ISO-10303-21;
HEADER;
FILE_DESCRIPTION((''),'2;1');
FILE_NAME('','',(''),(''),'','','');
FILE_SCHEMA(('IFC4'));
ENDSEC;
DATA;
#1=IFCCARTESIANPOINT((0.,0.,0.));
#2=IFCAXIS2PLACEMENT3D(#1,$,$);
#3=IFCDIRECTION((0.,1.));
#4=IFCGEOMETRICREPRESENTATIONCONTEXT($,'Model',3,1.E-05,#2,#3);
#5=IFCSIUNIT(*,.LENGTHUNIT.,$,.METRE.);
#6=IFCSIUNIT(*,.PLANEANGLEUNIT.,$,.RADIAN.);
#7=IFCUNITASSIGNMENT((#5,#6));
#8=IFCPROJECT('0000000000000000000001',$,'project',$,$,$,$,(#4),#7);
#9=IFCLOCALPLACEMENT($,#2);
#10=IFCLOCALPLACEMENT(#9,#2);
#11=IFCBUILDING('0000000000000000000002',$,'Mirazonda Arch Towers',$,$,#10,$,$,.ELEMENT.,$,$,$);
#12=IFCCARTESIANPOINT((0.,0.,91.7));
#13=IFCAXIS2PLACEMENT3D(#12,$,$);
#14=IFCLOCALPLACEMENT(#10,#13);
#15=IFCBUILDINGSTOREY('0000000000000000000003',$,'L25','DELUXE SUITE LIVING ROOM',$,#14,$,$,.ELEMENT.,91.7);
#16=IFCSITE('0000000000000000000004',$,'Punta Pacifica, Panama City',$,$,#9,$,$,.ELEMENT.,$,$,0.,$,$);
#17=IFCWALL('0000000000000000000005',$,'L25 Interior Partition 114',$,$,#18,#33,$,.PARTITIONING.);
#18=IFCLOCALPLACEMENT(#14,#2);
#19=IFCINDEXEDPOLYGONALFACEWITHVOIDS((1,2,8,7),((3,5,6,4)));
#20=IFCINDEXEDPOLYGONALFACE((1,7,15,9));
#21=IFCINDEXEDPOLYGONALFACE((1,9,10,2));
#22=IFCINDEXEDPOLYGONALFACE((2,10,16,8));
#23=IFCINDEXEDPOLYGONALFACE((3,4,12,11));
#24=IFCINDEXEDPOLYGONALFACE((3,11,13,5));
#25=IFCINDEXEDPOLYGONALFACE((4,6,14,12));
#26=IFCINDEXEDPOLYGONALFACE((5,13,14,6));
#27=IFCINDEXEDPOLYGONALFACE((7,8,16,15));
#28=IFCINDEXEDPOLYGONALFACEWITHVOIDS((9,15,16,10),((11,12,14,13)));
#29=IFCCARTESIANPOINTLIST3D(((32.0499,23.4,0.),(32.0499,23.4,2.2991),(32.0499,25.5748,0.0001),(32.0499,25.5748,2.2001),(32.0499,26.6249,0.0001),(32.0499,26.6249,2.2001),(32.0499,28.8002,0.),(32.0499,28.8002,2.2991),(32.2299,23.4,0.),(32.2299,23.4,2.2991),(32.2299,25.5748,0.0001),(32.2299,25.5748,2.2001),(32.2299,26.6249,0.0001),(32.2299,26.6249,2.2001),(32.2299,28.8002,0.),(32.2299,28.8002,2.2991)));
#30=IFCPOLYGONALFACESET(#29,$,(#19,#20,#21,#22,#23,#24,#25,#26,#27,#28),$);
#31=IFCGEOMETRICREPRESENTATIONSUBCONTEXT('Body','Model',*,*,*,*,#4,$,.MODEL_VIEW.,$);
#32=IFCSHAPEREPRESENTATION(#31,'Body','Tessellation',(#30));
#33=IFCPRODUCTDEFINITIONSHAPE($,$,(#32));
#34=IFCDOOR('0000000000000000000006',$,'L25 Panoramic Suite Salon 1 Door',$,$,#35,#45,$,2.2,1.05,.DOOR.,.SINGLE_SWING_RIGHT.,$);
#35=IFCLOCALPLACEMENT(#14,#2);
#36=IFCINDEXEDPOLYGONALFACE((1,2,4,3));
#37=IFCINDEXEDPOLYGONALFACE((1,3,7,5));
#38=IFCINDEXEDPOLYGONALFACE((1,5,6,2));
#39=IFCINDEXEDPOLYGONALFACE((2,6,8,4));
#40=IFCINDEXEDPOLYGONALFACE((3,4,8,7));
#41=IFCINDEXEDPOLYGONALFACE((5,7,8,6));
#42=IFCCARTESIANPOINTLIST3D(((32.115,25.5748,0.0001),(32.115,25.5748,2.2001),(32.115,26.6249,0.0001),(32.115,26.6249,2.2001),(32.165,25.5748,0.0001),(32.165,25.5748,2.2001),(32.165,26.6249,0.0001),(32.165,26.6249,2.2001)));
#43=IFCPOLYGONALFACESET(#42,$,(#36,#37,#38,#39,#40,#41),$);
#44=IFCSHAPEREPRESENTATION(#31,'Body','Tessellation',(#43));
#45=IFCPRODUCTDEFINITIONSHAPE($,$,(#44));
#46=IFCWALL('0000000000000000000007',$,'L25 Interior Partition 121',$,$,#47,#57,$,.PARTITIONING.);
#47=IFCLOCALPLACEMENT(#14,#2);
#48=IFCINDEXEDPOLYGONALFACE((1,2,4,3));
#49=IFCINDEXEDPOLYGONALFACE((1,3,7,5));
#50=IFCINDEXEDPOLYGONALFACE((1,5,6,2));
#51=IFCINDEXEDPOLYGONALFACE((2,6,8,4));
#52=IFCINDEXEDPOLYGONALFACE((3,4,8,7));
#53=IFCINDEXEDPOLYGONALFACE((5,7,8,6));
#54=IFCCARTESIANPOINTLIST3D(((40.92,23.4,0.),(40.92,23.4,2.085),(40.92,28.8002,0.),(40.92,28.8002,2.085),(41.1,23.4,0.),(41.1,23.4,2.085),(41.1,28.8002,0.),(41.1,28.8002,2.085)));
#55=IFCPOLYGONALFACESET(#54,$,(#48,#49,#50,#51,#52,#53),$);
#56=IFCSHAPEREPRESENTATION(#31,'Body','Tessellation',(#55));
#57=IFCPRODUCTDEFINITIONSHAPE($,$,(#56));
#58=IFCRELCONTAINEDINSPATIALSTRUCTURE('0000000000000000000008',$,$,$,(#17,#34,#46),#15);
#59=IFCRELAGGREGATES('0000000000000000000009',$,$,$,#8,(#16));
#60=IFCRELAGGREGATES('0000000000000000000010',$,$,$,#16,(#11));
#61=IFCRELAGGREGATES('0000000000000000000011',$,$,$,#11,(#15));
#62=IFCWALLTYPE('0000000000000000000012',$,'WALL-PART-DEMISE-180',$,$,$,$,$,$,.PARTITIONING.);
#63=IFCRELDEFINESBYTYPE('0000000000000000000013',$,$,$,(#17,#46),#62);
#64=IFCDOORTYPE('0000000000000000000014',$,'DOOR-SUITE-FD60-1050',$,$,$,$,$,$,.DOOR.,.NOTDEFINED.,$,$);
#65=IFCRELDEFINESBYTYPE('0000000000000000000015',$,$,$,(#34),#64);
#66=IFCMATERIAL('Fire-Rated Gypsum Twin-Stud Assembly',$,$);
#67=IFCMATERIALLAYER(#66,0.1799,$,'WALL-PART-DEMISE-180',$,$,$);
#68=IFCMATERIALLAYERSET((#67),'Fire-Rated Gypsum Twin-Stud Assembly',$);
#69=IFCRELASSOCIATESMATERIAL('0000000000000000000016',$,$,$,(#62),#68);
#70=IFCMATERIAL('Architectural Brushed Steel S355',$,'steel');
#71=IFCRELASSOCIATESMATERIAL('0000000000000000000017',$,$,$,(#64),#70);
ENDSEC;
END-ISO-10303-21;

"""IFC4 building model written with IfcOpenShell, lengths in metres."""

from ifc_helpers import new_model, si_unit, direction, frame, frame_2d, origin, place, context, subcontext, project, spatial, rectangle, extrude, material, layer, layer_set, type_object, element, fill, save


model = new_model("IFC4")

# Units and contexts
model_context = context("Model", 3, precision=1e-05, world=origin(), true_north=direction((0.0, 1.0)))
body_context = subcontext(model_context, "Body", "Model", "MODEL_VIEW")
ifc_project = project(units=[si_unit("LENGTHUNIT", "METRE"), si_unit("PLANEANGLEUNIT", "RADIAN")], contexts=[model_context])

# Site, building, storey
site_placement = place(None, origin())
site = spatial("IfcSite", under=ifc_project, at=site_placement, Name="Punta Pacifica, Panama City", CompositionType="ELEMENT", RefElevation=0.0)
building_placement = place(site_placement, origin())
building = spatial("IfcBuilding", under=site, at=building_placement, Name="Mirazonda Arch Towers", CompositionType="ELEMENT")
storey_placement = place(building_placement, frame((0.0, 0.0, 91.7)))
storey = spatial("IfcBuildingStorey", under=building, at=storey_placement, Name="L25", Description="DELUXE SUITE LIVING ROOM", CompositionType="ELEMENT", Elevation=91.7)

# Shared definitions
ifc_material_1 = material(Name="Fire-Rated Gypsum Twin-Stud Assembly")
ifc_layer_1 = layer(ifc_material_1, 0.1799, Name="WALL-PART-DEMISE-180")
ifc_layer_set_1 = layer_set([ifc_layer_1], Name="Fire-Rated Gypsum Twin-Stud Assembly")
wall_type_1 = type_object("IfcWallType", Name="WALL-PART-DEMISE-180", PredefinedType="PARTITIONING", material=ifc_layer_set_1)

# Shared definitions
ifc_material_2 = material(Name="Architectural Brushed Steel S355", Category="steel")

# Wall, opening, door
wall_1_placement = place(storey_placement, frame((32.1399, 23.3999, 0.0), z_axis=(0.0, 0.0, 1.0), x_axis=(0.0, 1.0, 0.0)))
wall_1 = element("IfcWall", 1, at=wall_1_placement, inside=storey, type_object=wall_type_1, Name="L25 Interior Partition 114", PredefinedType="PARTITIONING", context=body_context, shape_type="SweptSolid", body=[
    extrude(rectangle(XDim=5.4001, YDim=0.1799, at=frame_2d((2.7002, 0.0))), origin(), (0.0, 0.0, 1.0), 2.2991),
])
opening_1_placement = place(wall_1_placement, frame((2.175, 0.0, 0.0)))
opening_1 = element("IfcOpeningElement", 2, at=opening_1_placement, cuts=wall_1, PredefinedType="OPENING", context=body_context, shape_type="SweptSolid", body=[
    extrude(rectangle(XDim=1.05, YDim=2.2, at=frame_2d((0.5249, 1.1001))), frame((0.0, 0.0999, 0.0), z_axis=(0.0, -1.0, 0.0), x_axis=(1.0, 0.0, 0.0)), (0.0, 0.0, 1.0), 0.2),
])
door_type_1 = type_object("IfcDoorType", Name="DOOR-SUITE-FD60-1050", OperationType="NOTDEFINED", PredefinedType="DOOR", material=ifc_material_2)
door_1_placement = place(opening_1_placement, origin())
door_1 = element("IfcDoor", 3, at=door_1_placement, inside=storey, type_object=door_type_1, Name="L25 Panoramic Suite Salon 1 Door", OperationType="SINGLE_SWING_RIGHT", OverallHeight=2.2, OverallWidth=1.05, PredefinedType="DOOR", context=body_context, shape_type="SweptSolid", body=[
    extrude(rectangle(XDim=1.05, YDim=2.2, at=frame_2d((0.5249, 1.1001))), frame((0.0, 0.0249, 0.0), z_axis=(0.0, -1.0, 0.0), x_axis=(1.0, 0.0, 0.0)), (0.0, 0.0, 1.0), 0.05),
])
fill(opening_1, door_1)

# Wall
wall_2_placement = place(storey_placement, frame((41.01, 23.3999, 0.0), z_axis=(0.0, 0.0, 1.0), x_axis=(0.0, 1.0, 0.0)))
element("IfcWall", 4, at=wall_2_placement, inside=storey, type_object=wall_type_1, Name="L25 Interior Partition 121", PredefinedType="PARTITIONING", context=body_context, shape_type="SweptSolid", body=[
    extrude(rectangle(XDim=5.4001, YDim=0.1799, at=frame_2d((2.7002, 0.0))), origin(), (0.0, 0.0, 1.0), 2.085),
])

save(model, "model.ifc")
